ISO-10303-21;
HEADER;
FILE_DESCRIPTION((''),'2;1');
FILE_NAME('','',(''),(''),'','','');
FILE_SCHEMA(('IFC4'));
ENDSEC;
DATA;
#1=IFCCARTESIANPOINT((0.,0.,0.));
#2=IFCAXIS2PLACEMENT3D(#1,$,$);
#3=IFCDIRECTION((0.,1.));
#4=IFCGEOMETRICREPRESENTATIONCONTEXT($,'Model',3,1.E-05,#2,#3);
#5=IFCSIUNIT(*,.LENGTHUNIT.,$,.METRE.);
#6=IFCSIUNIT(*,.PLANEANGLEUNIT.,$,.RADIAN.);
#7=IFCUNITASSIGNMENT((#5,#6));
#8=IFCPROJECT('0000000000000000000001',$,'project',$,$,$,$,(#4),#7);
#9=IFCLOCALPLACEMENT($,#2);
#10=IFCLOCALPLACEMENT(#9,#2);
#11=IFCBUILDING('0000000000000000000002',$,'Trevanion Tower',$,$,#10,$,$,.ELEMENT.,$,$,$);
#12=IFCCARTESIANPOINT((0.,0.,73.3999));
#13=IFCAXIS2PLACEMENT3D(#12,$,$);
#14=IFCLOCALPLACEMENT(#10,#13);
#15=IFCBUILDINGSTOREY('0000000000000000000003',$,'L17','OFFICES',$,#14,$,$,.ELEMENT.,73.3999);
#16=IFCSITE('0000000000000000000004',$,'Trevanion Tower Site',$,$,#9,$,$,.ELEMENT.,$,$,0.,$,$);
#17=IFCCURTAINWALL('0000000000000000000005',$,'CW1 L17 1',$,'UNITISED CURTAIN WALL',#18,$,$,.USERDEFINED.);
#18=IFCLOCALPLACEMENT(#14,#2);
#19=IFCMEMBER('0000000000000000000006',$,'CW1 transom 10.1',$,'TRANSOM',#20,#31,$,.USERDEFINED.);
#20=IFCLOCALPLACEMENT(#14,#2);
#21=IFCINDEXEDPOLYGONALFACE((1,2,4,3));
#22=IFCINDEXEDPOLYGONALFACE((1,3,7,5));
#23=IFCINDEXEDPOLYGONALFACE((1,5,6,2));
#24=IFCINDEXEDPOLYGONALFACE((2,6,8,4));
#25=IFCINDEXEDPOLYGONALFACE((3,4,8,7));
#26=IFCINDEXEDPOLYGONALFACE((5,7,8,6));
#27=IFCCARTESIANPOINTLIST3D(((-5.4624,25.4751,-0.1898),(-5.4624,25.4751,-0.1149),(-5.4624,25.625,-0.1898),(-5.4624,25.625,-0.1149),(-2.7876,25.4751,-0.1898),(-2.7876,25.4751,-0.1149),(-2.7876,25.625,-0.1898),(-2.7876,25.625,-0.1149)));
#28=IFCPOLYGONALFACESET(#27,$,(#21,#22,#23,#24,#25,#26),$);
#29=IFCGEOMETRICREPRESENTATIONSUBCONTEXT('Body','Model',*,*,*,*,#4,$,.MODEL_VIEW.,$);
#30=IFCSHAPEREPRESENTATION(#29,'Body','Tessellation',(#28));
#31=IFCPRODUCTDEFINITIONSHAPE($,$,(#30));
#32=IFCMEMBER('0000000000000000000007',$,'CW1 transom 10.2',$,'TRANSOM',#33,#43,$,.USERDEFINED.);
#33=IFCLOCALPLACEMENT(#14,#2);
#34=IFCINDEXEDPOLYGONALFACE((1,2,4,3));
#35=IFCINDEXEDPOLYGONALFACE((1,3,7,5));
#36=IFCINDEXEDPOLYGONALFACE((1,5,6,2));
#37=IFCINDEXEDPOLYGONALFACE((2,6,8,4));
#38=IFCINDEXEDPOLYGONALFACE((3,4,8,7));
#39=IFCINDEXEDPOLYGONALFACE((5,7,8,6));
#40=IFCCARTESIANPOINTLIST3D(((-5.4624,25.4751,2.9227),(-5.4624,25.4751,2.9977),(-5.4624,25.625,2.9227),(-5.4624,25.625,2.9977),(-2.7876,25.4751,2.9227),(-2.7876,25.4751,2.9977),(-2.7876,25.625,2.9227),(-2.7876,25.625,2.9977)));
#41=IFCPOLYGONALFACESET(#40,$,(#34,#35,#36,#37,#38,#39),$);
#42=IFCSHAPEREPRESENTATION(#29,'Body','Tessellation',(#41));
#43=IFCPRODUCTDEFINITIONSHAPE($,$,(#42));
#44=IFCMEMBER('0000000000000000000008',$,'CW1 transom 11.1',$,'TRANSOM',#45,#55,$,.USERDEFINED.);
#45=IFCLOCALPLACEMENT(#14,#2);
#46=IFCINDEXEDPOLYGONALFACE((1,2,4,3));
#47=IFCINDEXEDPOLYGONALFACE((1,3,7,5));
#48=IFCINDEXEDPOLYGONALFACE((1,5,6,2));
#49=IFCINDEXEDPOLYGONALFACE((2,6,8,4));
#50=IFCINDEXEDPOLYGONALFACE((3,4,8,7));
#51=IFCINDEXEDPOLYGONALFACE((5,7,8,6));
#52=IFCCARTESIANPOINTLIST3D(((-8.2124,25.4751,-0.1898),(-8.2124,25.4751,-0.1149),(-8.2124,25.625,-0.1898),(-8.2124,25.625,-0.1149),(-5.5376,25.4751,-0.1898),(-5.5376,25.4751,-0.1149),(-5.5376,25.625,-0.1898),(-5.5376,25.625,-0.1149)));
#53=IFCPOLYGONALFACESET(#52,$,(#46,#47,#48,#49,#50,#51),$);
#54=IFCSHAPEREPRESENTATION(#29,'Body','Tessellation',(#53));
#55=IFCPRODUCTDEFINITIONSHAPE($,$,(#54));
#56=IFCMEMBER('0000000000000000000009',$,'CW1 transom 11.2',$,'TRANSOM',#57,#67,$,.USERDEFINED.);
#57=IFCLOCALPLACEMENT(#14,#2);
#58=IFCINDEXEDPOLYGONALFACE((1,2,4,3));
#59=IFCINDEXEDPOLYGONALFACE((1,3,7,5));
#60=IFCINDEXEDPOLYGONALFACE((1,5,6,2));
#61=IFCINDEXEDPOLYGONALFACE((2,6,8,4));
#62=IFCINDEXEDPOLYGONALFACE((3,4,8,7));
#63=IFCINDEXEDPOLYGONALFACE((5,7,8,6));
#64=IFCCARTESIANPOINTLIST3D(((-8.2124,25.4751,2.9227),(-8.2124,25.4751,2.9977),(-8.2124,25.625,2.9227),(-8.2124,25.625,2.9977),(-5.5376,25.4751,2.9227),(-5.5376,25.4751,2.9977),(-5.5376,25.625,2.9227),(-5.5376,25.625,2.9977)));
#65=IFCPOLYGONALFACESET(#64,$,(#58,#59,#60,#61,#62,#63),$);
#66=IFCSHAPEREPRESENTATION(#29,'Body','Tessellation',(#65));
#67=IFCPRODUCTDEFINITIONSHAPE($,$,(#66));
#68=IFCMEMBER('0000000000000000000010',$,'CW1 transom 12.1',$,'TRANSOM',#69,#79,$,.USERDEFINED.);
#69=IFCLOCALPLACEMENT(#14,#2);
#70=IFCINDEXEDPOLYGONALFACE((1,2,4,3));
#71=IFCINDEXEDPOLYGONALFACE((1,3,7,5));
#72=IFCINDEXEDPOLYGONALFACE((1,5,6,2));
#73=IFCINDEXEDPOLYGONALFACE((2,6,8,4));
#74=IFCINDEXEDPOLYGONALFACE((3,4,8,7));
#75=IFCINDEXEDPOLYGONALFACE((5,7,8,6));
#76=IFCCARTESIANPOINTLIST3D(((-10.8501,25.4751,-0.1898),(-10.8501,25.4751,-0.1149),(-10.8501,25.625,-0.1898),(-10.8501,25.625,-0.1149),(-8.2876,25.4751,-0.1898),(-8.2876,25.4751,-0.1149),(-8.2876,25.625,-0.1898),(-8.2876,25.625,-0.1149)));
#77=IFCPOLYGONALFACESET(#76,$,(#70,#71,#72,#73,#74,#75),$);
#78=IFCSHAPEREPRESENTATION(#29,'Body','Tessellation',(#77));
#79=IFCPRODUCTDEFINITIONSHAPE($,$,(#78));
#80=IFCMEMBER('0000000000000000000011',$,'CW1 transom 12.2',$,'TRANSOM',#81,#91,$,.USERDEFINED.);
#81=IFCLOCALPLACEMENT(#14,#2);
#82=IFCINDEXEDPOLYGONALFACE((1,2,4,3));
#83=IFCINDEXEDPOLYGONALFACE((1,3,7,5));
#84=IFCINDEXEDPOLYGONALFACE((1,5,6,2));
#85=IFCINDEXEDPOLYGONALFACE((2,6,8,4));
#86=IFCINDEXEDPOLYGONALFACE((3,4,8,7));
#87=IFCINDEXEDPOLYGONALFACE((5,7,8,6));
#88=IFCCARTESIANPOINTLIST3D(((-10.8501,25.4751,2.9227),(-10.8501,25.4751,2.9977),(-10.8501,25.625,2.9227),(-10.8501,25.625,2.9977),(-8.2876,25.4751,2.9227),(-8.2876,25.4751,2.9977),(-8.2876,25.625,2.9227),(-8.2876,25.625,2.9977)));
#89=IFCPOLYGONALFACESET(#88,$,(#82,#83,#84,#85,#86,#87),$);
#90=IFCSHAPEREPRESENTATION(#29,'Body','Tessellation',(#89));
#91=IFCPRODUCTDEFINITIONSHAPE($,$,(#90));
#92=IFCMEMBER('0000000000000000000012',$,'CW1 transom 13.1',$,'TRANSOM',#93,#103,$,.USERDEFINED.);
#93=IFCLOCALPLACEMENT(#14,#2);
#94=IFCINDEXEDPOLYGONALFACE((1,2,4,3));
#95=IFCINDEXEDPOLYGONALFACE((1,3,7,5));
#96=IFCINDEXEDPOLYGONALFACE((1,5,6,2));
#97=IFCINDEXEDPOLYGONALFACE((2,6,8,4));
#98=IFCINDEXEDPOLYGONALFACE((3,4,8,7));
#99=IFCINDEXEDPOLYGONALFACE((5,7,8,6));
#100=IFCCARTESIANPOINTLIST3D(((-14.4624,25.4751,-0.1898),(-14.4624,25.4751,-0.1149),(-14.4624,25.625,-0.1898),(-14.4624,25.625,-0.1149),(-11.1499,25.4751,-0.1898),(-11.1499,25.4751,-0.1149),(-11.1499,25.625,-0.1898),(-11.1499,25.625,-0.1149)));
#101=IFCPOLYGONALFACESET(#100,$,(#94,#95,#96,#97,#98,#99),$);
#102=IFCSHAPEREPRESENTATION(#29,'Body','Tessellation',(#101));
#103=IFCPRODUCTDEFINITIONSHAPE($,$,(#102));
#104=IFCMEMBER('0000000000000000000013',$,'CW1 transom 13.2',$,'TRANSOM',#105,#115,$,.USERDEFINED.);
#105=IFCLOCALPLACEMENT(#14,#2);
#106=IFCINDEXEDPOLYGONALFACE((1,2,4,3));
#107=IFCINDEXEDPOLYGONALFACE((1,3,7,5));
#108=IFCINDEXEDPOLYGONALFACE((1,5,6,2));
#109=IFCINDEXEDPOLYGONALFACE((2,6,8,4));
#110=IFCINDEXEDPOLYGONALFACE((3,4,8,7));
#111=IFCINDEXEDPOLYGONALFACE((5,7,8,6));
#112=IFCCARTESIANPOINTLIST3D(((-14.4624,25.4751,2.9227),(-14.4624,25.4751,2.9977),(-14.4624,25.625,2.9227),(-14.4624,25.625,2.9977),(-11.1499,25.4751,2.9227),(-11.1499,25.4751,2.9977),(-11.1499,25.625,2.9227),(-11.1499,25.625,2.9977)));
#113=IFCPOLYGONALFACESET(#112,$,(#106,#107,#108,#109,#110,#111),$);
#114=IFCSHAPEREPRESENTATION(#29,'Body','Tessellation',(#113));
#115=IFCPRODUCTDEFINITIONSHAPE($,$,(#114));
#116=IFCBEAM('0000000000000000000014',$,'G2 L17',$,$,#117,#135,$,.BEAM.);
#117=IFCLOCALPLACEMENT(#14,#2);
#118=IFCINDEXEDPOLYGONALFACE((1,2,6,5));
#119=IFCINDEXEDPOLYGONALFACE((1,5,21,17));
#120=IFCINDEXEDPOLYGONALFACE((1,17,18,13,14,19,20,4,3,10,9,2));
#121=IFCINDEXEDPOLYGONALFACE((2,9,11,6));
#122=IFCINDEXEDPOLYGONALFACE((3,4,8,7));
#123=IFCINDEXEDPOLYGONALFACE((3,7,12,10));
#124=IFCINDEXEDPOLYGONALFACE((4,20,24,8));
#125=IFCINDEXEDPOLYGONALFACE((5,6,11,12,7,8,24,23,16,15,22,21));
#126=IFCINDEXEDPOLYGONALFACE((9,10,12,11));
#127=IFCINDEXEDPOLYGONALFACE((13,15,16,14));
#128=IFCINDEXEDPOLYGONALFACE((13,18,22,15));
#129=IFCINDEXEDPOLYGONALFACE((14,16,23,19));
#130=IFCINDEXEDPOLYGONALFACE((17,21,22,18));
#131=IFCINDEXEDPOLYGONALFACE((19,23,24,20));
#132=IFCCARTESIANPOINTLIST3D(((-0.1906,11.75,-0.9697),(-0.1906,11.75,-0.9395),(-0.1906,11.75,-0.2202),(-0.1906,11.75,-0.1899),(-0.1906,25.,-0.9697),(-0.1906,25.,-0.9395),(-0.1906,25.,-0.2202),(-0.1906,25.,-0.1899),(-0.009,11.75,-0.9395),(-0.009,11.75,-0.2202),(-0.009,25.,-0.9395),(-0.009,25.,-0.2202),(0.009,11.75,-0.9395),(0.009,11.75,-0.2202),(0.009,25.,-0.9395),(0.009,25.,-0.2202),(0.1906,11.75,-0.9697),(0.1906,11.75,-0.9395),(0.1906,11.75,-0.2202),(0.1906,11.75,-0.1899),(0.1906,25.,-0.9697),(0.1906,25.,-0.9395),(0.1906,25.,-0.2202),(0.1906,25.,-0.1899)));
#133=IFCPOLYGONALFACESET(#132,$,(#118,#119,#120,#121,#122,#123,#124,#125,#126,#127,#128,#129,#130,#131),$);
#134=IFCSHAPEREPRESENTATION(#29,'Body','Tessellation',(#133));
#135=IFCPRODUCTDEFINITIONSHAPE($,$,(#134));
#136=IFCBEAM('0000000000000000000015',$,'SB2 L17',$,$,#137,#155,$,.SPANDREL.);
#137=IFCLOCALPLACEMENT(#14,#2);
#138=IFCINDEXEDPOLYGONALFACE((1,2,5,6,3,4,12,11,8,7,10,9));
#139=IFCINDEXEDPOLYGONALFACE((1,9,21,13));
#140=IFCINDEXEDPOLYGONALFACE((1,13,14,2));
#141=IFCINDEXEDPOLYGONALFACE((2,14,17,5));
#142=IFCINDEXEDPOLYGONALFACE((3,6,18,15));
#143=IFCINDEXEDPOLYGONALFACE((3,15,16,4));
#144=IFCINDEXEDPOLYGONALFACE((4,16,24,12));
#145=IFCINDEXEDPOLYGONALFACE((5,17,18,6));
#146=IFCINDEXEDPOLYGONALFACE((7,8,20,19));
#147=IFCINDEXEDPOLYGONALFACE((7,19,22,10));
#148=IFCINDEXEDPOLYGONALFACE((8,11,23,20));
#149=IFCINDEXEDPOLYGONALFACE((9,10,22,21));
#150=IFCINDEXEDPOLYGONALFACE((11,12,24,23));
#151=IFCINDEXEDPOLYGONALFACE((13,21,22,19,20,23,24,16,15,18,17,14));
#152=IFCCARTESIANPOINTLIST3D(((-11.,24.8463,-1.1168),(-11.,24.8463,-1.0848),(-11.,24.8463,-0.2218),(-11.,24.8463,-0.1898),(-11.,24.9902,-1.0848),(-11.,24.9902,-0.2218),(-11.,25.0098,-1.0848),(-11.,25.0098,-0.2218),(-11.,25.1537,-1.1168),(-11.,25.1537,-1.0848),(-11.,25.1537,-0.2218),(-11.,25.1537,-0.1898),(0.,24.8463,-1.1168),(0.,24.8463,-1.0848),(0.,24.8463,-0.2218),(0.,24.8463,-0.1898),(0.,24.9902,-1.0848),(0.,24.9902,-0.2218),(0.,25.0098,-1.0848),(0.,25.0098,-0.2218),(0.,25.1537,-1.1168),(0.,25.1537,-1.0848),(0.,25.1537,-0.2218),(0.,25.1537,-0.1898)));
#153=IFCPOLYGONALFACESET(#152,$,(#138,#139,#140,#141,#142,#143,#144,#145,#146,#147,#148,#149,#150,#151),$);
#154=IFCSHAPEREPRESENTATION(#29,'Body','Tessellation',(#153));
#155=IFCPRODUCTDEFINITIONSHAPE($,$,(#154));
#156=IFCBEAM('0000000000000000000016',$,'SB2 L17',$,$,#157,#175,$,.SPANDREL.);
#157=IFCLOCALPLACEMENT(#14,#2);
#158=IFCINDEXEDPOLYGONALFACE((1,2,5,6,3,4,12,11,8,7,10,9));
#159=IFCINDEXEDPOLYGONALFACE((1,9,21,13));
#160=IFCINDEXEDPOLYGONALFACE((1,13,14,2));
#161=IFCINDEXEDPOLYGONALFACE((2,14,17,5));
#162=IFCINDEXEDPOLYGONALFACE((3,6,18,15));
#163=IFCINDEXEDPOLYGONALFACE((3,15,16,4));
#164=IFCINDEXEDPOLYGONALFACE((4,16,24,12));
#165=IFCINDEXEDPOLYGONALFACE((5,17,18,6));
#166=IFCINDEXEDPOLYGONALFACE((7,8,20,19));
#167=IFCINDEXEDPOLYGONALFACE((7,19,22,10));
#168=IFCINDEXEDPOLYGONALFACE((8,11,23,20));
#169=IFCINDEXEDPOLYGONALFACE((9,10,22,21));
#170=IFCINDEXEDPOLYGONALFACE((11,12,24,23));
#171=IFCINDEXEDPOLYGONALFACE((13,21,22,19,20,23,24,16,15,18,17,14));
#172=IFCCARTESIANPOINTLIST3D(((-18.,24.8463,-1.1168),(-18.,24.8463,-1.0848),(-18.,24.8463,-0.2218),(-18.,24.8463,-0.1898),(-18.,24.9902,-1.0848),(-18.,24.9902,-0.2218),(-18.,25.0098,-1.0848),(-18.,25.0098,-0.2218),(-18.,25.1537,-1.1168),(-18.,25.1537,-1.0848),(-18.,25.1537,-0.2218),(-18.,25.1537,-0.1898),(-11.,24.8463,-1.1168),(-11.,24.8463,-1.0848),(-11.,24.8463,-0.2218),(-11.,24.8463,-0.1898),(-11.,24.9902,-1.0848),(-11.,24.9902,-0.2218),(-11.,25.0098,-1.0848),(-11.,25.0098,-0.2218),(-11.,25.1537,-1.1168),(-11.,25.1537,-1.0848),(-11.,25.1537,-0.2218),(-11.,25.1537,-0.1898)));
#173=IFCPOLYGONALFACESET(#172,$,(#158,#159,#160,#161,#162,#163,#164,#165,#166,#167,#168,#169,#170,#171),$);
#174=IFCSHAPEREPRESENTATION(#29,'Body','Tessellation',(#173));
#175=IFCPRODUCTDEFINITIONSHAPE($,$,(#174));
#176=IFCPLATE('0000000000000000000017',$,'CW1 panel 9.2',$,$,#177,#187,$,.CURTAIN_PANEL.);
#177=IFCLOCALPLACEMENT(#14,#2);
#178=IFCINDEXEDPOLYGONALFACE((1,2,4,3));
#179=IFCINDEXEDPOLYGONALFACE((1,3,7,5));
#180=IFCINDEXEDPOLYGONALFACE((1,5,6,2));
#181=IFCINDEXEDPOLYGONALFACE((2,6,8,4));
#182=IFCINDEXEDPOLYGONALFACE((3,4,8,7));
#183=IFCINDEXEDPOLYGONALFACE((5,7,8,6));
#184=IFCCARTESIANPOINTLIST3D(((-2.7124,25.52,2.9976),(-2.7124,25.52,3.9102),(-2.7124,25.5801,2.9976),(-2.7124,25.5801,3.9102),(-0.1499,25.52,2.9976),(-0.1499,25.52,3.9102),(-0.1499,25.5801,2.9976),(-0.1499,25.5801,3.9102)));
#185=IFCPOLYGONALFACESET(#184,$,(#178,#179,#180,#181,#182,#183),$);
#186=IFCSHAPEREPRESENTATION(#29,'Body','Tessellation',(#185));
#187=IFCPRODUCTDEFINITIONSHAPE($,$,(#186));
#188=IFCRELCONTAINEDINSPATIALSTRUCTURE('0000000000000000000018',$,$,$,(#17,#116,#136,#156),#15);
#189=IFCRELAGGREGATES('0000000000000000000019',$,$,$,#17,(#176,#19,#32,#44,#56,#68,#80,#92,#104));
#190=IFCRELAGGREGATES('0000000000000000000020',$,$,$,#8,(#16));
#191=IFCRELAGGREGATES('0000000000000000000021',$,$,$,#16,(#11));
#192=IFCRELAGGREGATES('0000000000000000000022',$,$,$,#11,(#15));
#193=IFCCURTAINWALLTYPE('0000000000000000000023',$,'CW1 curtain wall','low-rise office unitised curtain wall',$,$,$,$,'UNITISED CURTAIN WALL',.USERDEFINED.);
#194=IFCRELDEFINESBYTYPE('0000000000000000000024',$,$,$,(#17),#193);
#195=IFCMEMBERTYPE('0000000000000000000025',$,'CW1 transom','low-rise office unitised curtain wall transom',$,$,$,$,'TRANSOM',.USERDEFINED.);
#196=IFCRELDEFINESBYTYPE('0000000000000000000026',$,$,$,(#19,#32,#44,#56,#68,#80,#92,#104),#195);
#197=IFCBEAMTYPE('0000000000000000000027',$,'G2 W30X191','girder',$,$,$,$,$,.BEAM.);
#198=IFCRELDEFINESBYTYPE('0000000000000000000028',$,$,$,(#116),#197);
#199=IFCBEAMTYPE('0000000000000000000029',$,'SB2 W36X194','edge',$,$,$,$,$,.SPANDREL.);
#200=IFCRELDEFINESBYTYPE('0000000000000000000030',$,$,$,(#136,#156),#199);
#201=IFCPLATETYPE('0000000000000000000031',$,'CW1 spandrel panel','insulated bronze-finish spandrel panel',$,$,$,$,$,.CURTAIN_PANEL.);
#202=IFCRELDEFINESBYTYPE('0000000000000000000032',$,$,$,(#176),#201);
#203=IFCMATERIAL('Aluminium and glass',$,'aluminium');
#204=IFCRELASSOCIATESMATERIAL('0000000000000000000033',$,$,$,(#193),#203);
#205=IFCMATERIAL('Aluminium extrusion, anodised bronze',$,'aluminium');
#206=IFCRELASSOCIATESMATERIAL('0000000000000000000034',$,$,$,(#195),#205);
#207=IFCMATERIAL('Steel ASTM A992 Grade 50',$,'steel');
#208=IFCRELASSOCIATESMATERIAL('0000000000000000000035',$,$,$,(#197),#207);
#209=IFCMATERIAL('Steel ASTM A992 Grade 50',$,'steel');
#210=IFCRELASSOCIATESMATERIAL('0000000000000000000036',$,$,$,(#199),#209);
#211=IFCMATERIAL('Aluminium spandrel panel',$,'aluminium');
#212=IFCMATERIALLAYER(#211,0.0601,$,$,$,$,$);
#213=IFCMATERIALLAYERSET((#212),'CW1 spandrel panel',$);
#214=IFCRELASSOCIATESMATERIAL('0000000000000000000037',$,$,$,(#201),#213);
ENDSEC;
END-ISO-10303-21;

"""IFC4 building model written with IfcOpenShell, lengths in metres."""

from ifc_helpers import new_model, si_unit, direction, frame, origin, origin_2d, place, context, subcontext, project, spatial, rectangle, i_section, extrude, material, layer, layer_set, material_profile, profile_set, type_object, element, aggregate, save


model = new_model("IFC4")

# Units and contexts
model_context = context("Model", 3, precision=1e-05, world=origin(), true_north=direction((0.0, 1.0)))
body_context = subcontext(model_context, "Body", "Model", "MODEL_VIEW")
ifc_project = project(units=[si_unit("LENGTHUNIT", "METRE"), si_unit("PLANEANGLEUNIT", "RADIAN")], contexts=[model_context])

# Site, building, storey
site_placement = place(None, origin())
site = spatial("IfcSite", under=ifc_project, at=site_placement, Name="Trevanion Tower Site", CompositionType="ELEMENT", RefElevation=0.0)
building_placement = place(site_placement, origin())
building = spatial("IfcBuilding", under=site, at=building_placement, Name="Trevanion Tower", CompositionType="ELEMENT")
storey_placement = place(building_placement, frame((0.0, 0.0, 73.3999)))
storey = spatial("IfcBuildingStorey", under=building, at=storey_placement, Name="L17", Description="OFFICES", CompositionType="ELEMENT", Elevation=73.3999)

# Curtain wall, members
ifc_material_1 = material(Name="Aluminium and glass", Category="aluminium")
curtain_wall_type = type_object("IfcCurtainWallType", Name="CW1 curtain wall", Description="low-rise office unitised curtain wall", ElementType="UNITISED CURTAIN WALL", PredefinedType="USERDEFINED", material=ifc_material_1)
curtain_wall_placement = place(storey_placement, origin())
curtain_wall = element("IfcCurtainWall", 1, at=curtain_wall_placement, inside=storey, type_object=curtain_wall_type, Name="CW1 L17 1", ObjectType="UNITISED CURTAIN WALL", PredefinedType="USERDEFINED")
ifc_material_2 = material(Name="Aluminium extrusion, anodised bronze", Category="aluminium")
ifc_material_profile_1 = material_profile(ifc_material_2, rectangle(XDim=0.1499, YDim=0.075, at=origin_2d()), Name="CW1 transom")
ifc_profile_set_1 = profile_set([ifc_material_profile_1], Name="Aluminium extrusion, anodised bronze")
member_type_1 = type_object("IfcMemberType", Name="CW1 transom", Description="low-rise office unitised curtain wall transom", ElementType="TRANSOM", PredefinedType="USERDEFINED", material=ifc_profile_set_1)
member_1_placement = place(storey_placement, frame((-2.7876, 25.55, -0.1523), z_axis=(-1.0, 0.0, 0.0), x_axis=(0.0, -1.0, 0.0)))
member_1 = element("IfcMember", 2, at=member_1_placement, type_object=member_type_1, Name="CW1 transom 10.1", ObjectType="TRANSOM", PredefinedType="USERDEFINED", context=body_context, shape_type="SweptSolid", body=[
    extrude(rectangle(XDim=0.1499, YDim=0.075, at=origin_2d()), origin(), (0.0, 0.0, 1.0), 2.6748),
])
member_2_placement = place(storey_placement, frame((-2.7876, 25.55, 2.9602), z_axis=(-1.0, 0.0, 0.0), x_axis=(0.0, -1.0, 0.0)))
member_2 = element("IfcMember", 3, at=member_2_placement, type_object=member_type_1, Name="CW1 transom 10.2", ObjectType="TRANSOM", PredefinedType="USERDEFINED", context=body_context, shape_type="SweptSolid", body=[
    extrude(rectangle(XDim=0.1499, YDim=0.075, at=origin_2d()), origin(), (0.0, 0.0, 1.0), 2.6748),
])
member_3_placement = place(storey_placement, frame((-5.5376, 25.55, -0.1523), z_axis=(-1.0, 0.0, 0.0), x_axis=(0.0, -1.0, 0.0)))
member_3 = element("IfcMember", 4, at=member_3_placement, type_object=member_type_1, Name="CW1 transom 11.1", ObjectType="TRANSOM", PredefinedType="USERDEFINED", context=body_context, shape_type="SweptSolid", body=[
    extrude(rectangle(XDim=0.1499, YDim=0.075, at=origin_2d()), origin(), (0.0, 0.0, 1.0), 2.6748),
])
member_4_placement = place(storey_placement, frame((-5.5376, 25.55, 2.9602), z_axis=(-1.0, 0.0, 0.0), x_axis=(0.0, -1.0, 0.0)))
member_4 = element("IfcMember", 5, at=member_4_placement, type_object=member_type_1, Name="CW1 transom 11.2", ObjectType="TRANSOM", PredefinedType="USERDEFINED", context=body_context, shape_type="SweptSolid", body=[
    extrude(rectangle(XDim=0.1499, YDim=0.075, at=origin_2d()), origin(), (0.0, 0.0, 1.0), 2.6748),
])
member_5_placement = place(storey_placement, frame((-8.2876, 25.55, -0.1523), z_axis=(-1.0, 0.0, 0.0), x_axis=(0.0, -1.0, 0.0)))
member_5 = element("IfcMember", 6, at=member_5_placement, type_object=member_type_1, Name="CW1 transom 12.1", ObjectType="TRANSOM", PredefinedType="USERDEFINED", context=body_context, shape_type="SweptSolid", body=[
    extrude(rectangle(XDim=0.1499, YDim=0.075, at=origin_2d()), origin(), (0.0, 0.0, 1.0), 2.5625),
])
member_6_placement = place(storey_placement, frame((-8.2876, 25.55, 2.9602), z_axis=(-1.0, 0.0, 0.0), x_axis=(0.0, -1.0, 0.0)))
member_6 = element("IfcMember", 7, at=member_6_placement, type_object=member_type_1, Name="CW1 transom 12.2", ObjectType="TRANSOM", PredefinedType="USERDEFINED", context=body_context, shape_type="SweptSolid", body=[
    extrude(rectangle(XDim=0.1499, YDim=0.075, at=origin_2d()), origin(), (0.0, 0.0, 1.0), 2.5625),
])
member_7_placement = place(storey_placement, frame((-11.1499, 25.55, -0.1523), z_axis=(-1.0, 0.0, 0.0), x_axis=(0.0, -1.0, 0.0)))
member_7 = element("IfcMember", 8, at=member_7_placement, type_object=member_type_1, Name="CW1 transom 13.1", ObjectType="TRANSOM", PredefinedType="USERDEFINED", context=body_context, shape_type="SweptSolid", body=[
    extrude(rectangle(XDim=0.1499, YDim=0.075, at=origin_2d()), origin(), (0.0, 0.0, 1.0), 3.3125),
])
member_8_placement = place(storey_placement, frame((-11.1499, 25.55, 2.9602), z_axis=(-1.0, 0.0, 0.0), x_axis=(0.0, -1.0, 0.0)))
member_8 = element("IfcMember", 9, at=member_8_placement, type_object=member_type_1, Name="CW1 transom 13.2", ObjectType="TRANSOM", PredefinedType="USERDEFINED", context=body_context, shape_type="SweptSolid", body=[
    extrude(rectangle(XDim=0.1499, YDim=0.075, at=origin_2d()), origin(), (0.0, 0.0, 1.0), 3.3125),
])

# Beams
ifc_material_3 = material(Name="Steel ASTM A992 Grade 50", Category="steel")
ifc_material_profile_2 = material_profile(ifc_material_3, i_section(OverallWidth=0.3811, OverallDepth=0.7798, WebThickness=0.0181, FlangeThickness=0.0303, at=origin_2d()), Name="W30X191")
ifc_profile_set_2 = profile_set([ifc_material_profile_2], Name="Steel ASTM A992 Grade 50")
beam_type_1 = type_object("IfcBeamType", Name="G2 W30X191", Description="girder", PredefinedType="BEAM", material=ifc_profile_set_2)
beam_1_placement = place(storey_placement, frame((0.0, 11.75, -0.5798), z_axis=(0.0, 1.0, 0.0), x_axis=(-1.0, 0.0, 0.0)))
element("IfcBeam", 10, at=beam_1_placement, inside=storey, type_object=beam_type_1, Name="G2 L17", PredefinedType="BEAM", context=body_context, shape_type="SweptSolid", body=[
    extrude(i_section(OverallWidth=0.3811, OverallDepth=0.7798, WebThickness=0.0181, FlangeThickness=0.0303, at=origin_2d()), origin(), (0.0, 0.0, 1.0), 13.25),
])
ifc_material_4 = material(Name="Steel ASTM A992 Grade 50", Category="steel")
ifc_material_profile_3 = material_profile(ifc_material_4, i_section(OverallWidth=0.3074, OverallDepth=0.927, WebThickness=0.0195, FlangeThickness=0.032, at=origin_2d()), Name="W36X194")
ifc_profile_set_3 = profile_set([ifc_material_profile_3], Name="Steel ASTM A992 Grade 50")
beam_type_2 = type_object("IfcBeamType", Name="SB2 W36X194", Description="edge", PredefinedType="SPANDREL", material=ifc_profile_set_3)
beam_2_placement = place(storey_placement, frame((0.0, 25.0, -0.6533), z_axis=(-1.0, 0.0, 0.0), x_axis=(0.0, -1.0, 0.0)))
element("IfcBeam", 11, at=beam_2_placement, inside=storey, type_object=beam_type_2, Name="SB2 L17", PredefinedType="SPANDREL", context=body_context, shape_type="SweptSolid", body=[
    extrude(i_section(OverallWidth=0.3074, OverallDepth=0.927, WebThickness=0.0195, FlangeThickness=0.032, at=origin_2d()), origin(), (0.0, 0.0, 1.0), 11.0),
])
beam_3_placement = place(storey_placement, frame((-11.0, 25.0, -0.6533), z_axis=(-1.0, 0.0, 0.0), x_axis=(0.0, -1.0, 0.0)))
element("IfcBeam", 12, at=beam_3_placement, inside=storey, type_object=beam_type_2, Name="SB2 L17", PredefinedType="SPANDREL", context=body_context, shape_type="SweptSolid", body=[
    extrude(i_section(OverallWidth=0.3074, OverallDepth=0.927, WebThickness=0.0195, FlangeThickness=0.032, at=origin_2d()), origin(), (0.0, 0.0, 1.0), 7.0),
])

# Plate
ifc_material_5 = material(Name="Aluminium spandrel panel", Category="aluminium")
ifc_layer_1 = layer(ifc_material_5, 0.0601)
ifc_layer_set_1 = layer_set([ifc_layer_1], Name="CW1 spandrel panel")
plate_type_1 = type_object("IfcPlateType", Name="CW1 spandrel panel", Description="insulated bronze-finish spandrel panel", PredefinedType="CURTAIN_PANEL", material=ifc_layer_set_1)
plate_1_placement = place(storey_placement, frame((-1.4312, 25.55, 2.9976), z_axis=(0.0, 0.0, 1.0), x_axis=(-1.0, 0.0, 0.0)))
plate_1 = element("IfcPlate", 13, at=plate_1_placement, type_object=plate_type_1, Name="CW1 panel 9.2", PredefinedType="CURTAIN_PANEL", context=body_context, shape_type="SweptSolid", body=[
    extrude(rectangle(XDim=2.5625, YDim=0.0601, at=origin_2d()), origin(), (0.0, 0.0, 1.0), 0.9126),
])
aggregate(curtain_wall, [plate_1, member_1, member_2, member_3, member_4, member_5, member_6, member_7, member_8])

save(model, "model.ifc")
